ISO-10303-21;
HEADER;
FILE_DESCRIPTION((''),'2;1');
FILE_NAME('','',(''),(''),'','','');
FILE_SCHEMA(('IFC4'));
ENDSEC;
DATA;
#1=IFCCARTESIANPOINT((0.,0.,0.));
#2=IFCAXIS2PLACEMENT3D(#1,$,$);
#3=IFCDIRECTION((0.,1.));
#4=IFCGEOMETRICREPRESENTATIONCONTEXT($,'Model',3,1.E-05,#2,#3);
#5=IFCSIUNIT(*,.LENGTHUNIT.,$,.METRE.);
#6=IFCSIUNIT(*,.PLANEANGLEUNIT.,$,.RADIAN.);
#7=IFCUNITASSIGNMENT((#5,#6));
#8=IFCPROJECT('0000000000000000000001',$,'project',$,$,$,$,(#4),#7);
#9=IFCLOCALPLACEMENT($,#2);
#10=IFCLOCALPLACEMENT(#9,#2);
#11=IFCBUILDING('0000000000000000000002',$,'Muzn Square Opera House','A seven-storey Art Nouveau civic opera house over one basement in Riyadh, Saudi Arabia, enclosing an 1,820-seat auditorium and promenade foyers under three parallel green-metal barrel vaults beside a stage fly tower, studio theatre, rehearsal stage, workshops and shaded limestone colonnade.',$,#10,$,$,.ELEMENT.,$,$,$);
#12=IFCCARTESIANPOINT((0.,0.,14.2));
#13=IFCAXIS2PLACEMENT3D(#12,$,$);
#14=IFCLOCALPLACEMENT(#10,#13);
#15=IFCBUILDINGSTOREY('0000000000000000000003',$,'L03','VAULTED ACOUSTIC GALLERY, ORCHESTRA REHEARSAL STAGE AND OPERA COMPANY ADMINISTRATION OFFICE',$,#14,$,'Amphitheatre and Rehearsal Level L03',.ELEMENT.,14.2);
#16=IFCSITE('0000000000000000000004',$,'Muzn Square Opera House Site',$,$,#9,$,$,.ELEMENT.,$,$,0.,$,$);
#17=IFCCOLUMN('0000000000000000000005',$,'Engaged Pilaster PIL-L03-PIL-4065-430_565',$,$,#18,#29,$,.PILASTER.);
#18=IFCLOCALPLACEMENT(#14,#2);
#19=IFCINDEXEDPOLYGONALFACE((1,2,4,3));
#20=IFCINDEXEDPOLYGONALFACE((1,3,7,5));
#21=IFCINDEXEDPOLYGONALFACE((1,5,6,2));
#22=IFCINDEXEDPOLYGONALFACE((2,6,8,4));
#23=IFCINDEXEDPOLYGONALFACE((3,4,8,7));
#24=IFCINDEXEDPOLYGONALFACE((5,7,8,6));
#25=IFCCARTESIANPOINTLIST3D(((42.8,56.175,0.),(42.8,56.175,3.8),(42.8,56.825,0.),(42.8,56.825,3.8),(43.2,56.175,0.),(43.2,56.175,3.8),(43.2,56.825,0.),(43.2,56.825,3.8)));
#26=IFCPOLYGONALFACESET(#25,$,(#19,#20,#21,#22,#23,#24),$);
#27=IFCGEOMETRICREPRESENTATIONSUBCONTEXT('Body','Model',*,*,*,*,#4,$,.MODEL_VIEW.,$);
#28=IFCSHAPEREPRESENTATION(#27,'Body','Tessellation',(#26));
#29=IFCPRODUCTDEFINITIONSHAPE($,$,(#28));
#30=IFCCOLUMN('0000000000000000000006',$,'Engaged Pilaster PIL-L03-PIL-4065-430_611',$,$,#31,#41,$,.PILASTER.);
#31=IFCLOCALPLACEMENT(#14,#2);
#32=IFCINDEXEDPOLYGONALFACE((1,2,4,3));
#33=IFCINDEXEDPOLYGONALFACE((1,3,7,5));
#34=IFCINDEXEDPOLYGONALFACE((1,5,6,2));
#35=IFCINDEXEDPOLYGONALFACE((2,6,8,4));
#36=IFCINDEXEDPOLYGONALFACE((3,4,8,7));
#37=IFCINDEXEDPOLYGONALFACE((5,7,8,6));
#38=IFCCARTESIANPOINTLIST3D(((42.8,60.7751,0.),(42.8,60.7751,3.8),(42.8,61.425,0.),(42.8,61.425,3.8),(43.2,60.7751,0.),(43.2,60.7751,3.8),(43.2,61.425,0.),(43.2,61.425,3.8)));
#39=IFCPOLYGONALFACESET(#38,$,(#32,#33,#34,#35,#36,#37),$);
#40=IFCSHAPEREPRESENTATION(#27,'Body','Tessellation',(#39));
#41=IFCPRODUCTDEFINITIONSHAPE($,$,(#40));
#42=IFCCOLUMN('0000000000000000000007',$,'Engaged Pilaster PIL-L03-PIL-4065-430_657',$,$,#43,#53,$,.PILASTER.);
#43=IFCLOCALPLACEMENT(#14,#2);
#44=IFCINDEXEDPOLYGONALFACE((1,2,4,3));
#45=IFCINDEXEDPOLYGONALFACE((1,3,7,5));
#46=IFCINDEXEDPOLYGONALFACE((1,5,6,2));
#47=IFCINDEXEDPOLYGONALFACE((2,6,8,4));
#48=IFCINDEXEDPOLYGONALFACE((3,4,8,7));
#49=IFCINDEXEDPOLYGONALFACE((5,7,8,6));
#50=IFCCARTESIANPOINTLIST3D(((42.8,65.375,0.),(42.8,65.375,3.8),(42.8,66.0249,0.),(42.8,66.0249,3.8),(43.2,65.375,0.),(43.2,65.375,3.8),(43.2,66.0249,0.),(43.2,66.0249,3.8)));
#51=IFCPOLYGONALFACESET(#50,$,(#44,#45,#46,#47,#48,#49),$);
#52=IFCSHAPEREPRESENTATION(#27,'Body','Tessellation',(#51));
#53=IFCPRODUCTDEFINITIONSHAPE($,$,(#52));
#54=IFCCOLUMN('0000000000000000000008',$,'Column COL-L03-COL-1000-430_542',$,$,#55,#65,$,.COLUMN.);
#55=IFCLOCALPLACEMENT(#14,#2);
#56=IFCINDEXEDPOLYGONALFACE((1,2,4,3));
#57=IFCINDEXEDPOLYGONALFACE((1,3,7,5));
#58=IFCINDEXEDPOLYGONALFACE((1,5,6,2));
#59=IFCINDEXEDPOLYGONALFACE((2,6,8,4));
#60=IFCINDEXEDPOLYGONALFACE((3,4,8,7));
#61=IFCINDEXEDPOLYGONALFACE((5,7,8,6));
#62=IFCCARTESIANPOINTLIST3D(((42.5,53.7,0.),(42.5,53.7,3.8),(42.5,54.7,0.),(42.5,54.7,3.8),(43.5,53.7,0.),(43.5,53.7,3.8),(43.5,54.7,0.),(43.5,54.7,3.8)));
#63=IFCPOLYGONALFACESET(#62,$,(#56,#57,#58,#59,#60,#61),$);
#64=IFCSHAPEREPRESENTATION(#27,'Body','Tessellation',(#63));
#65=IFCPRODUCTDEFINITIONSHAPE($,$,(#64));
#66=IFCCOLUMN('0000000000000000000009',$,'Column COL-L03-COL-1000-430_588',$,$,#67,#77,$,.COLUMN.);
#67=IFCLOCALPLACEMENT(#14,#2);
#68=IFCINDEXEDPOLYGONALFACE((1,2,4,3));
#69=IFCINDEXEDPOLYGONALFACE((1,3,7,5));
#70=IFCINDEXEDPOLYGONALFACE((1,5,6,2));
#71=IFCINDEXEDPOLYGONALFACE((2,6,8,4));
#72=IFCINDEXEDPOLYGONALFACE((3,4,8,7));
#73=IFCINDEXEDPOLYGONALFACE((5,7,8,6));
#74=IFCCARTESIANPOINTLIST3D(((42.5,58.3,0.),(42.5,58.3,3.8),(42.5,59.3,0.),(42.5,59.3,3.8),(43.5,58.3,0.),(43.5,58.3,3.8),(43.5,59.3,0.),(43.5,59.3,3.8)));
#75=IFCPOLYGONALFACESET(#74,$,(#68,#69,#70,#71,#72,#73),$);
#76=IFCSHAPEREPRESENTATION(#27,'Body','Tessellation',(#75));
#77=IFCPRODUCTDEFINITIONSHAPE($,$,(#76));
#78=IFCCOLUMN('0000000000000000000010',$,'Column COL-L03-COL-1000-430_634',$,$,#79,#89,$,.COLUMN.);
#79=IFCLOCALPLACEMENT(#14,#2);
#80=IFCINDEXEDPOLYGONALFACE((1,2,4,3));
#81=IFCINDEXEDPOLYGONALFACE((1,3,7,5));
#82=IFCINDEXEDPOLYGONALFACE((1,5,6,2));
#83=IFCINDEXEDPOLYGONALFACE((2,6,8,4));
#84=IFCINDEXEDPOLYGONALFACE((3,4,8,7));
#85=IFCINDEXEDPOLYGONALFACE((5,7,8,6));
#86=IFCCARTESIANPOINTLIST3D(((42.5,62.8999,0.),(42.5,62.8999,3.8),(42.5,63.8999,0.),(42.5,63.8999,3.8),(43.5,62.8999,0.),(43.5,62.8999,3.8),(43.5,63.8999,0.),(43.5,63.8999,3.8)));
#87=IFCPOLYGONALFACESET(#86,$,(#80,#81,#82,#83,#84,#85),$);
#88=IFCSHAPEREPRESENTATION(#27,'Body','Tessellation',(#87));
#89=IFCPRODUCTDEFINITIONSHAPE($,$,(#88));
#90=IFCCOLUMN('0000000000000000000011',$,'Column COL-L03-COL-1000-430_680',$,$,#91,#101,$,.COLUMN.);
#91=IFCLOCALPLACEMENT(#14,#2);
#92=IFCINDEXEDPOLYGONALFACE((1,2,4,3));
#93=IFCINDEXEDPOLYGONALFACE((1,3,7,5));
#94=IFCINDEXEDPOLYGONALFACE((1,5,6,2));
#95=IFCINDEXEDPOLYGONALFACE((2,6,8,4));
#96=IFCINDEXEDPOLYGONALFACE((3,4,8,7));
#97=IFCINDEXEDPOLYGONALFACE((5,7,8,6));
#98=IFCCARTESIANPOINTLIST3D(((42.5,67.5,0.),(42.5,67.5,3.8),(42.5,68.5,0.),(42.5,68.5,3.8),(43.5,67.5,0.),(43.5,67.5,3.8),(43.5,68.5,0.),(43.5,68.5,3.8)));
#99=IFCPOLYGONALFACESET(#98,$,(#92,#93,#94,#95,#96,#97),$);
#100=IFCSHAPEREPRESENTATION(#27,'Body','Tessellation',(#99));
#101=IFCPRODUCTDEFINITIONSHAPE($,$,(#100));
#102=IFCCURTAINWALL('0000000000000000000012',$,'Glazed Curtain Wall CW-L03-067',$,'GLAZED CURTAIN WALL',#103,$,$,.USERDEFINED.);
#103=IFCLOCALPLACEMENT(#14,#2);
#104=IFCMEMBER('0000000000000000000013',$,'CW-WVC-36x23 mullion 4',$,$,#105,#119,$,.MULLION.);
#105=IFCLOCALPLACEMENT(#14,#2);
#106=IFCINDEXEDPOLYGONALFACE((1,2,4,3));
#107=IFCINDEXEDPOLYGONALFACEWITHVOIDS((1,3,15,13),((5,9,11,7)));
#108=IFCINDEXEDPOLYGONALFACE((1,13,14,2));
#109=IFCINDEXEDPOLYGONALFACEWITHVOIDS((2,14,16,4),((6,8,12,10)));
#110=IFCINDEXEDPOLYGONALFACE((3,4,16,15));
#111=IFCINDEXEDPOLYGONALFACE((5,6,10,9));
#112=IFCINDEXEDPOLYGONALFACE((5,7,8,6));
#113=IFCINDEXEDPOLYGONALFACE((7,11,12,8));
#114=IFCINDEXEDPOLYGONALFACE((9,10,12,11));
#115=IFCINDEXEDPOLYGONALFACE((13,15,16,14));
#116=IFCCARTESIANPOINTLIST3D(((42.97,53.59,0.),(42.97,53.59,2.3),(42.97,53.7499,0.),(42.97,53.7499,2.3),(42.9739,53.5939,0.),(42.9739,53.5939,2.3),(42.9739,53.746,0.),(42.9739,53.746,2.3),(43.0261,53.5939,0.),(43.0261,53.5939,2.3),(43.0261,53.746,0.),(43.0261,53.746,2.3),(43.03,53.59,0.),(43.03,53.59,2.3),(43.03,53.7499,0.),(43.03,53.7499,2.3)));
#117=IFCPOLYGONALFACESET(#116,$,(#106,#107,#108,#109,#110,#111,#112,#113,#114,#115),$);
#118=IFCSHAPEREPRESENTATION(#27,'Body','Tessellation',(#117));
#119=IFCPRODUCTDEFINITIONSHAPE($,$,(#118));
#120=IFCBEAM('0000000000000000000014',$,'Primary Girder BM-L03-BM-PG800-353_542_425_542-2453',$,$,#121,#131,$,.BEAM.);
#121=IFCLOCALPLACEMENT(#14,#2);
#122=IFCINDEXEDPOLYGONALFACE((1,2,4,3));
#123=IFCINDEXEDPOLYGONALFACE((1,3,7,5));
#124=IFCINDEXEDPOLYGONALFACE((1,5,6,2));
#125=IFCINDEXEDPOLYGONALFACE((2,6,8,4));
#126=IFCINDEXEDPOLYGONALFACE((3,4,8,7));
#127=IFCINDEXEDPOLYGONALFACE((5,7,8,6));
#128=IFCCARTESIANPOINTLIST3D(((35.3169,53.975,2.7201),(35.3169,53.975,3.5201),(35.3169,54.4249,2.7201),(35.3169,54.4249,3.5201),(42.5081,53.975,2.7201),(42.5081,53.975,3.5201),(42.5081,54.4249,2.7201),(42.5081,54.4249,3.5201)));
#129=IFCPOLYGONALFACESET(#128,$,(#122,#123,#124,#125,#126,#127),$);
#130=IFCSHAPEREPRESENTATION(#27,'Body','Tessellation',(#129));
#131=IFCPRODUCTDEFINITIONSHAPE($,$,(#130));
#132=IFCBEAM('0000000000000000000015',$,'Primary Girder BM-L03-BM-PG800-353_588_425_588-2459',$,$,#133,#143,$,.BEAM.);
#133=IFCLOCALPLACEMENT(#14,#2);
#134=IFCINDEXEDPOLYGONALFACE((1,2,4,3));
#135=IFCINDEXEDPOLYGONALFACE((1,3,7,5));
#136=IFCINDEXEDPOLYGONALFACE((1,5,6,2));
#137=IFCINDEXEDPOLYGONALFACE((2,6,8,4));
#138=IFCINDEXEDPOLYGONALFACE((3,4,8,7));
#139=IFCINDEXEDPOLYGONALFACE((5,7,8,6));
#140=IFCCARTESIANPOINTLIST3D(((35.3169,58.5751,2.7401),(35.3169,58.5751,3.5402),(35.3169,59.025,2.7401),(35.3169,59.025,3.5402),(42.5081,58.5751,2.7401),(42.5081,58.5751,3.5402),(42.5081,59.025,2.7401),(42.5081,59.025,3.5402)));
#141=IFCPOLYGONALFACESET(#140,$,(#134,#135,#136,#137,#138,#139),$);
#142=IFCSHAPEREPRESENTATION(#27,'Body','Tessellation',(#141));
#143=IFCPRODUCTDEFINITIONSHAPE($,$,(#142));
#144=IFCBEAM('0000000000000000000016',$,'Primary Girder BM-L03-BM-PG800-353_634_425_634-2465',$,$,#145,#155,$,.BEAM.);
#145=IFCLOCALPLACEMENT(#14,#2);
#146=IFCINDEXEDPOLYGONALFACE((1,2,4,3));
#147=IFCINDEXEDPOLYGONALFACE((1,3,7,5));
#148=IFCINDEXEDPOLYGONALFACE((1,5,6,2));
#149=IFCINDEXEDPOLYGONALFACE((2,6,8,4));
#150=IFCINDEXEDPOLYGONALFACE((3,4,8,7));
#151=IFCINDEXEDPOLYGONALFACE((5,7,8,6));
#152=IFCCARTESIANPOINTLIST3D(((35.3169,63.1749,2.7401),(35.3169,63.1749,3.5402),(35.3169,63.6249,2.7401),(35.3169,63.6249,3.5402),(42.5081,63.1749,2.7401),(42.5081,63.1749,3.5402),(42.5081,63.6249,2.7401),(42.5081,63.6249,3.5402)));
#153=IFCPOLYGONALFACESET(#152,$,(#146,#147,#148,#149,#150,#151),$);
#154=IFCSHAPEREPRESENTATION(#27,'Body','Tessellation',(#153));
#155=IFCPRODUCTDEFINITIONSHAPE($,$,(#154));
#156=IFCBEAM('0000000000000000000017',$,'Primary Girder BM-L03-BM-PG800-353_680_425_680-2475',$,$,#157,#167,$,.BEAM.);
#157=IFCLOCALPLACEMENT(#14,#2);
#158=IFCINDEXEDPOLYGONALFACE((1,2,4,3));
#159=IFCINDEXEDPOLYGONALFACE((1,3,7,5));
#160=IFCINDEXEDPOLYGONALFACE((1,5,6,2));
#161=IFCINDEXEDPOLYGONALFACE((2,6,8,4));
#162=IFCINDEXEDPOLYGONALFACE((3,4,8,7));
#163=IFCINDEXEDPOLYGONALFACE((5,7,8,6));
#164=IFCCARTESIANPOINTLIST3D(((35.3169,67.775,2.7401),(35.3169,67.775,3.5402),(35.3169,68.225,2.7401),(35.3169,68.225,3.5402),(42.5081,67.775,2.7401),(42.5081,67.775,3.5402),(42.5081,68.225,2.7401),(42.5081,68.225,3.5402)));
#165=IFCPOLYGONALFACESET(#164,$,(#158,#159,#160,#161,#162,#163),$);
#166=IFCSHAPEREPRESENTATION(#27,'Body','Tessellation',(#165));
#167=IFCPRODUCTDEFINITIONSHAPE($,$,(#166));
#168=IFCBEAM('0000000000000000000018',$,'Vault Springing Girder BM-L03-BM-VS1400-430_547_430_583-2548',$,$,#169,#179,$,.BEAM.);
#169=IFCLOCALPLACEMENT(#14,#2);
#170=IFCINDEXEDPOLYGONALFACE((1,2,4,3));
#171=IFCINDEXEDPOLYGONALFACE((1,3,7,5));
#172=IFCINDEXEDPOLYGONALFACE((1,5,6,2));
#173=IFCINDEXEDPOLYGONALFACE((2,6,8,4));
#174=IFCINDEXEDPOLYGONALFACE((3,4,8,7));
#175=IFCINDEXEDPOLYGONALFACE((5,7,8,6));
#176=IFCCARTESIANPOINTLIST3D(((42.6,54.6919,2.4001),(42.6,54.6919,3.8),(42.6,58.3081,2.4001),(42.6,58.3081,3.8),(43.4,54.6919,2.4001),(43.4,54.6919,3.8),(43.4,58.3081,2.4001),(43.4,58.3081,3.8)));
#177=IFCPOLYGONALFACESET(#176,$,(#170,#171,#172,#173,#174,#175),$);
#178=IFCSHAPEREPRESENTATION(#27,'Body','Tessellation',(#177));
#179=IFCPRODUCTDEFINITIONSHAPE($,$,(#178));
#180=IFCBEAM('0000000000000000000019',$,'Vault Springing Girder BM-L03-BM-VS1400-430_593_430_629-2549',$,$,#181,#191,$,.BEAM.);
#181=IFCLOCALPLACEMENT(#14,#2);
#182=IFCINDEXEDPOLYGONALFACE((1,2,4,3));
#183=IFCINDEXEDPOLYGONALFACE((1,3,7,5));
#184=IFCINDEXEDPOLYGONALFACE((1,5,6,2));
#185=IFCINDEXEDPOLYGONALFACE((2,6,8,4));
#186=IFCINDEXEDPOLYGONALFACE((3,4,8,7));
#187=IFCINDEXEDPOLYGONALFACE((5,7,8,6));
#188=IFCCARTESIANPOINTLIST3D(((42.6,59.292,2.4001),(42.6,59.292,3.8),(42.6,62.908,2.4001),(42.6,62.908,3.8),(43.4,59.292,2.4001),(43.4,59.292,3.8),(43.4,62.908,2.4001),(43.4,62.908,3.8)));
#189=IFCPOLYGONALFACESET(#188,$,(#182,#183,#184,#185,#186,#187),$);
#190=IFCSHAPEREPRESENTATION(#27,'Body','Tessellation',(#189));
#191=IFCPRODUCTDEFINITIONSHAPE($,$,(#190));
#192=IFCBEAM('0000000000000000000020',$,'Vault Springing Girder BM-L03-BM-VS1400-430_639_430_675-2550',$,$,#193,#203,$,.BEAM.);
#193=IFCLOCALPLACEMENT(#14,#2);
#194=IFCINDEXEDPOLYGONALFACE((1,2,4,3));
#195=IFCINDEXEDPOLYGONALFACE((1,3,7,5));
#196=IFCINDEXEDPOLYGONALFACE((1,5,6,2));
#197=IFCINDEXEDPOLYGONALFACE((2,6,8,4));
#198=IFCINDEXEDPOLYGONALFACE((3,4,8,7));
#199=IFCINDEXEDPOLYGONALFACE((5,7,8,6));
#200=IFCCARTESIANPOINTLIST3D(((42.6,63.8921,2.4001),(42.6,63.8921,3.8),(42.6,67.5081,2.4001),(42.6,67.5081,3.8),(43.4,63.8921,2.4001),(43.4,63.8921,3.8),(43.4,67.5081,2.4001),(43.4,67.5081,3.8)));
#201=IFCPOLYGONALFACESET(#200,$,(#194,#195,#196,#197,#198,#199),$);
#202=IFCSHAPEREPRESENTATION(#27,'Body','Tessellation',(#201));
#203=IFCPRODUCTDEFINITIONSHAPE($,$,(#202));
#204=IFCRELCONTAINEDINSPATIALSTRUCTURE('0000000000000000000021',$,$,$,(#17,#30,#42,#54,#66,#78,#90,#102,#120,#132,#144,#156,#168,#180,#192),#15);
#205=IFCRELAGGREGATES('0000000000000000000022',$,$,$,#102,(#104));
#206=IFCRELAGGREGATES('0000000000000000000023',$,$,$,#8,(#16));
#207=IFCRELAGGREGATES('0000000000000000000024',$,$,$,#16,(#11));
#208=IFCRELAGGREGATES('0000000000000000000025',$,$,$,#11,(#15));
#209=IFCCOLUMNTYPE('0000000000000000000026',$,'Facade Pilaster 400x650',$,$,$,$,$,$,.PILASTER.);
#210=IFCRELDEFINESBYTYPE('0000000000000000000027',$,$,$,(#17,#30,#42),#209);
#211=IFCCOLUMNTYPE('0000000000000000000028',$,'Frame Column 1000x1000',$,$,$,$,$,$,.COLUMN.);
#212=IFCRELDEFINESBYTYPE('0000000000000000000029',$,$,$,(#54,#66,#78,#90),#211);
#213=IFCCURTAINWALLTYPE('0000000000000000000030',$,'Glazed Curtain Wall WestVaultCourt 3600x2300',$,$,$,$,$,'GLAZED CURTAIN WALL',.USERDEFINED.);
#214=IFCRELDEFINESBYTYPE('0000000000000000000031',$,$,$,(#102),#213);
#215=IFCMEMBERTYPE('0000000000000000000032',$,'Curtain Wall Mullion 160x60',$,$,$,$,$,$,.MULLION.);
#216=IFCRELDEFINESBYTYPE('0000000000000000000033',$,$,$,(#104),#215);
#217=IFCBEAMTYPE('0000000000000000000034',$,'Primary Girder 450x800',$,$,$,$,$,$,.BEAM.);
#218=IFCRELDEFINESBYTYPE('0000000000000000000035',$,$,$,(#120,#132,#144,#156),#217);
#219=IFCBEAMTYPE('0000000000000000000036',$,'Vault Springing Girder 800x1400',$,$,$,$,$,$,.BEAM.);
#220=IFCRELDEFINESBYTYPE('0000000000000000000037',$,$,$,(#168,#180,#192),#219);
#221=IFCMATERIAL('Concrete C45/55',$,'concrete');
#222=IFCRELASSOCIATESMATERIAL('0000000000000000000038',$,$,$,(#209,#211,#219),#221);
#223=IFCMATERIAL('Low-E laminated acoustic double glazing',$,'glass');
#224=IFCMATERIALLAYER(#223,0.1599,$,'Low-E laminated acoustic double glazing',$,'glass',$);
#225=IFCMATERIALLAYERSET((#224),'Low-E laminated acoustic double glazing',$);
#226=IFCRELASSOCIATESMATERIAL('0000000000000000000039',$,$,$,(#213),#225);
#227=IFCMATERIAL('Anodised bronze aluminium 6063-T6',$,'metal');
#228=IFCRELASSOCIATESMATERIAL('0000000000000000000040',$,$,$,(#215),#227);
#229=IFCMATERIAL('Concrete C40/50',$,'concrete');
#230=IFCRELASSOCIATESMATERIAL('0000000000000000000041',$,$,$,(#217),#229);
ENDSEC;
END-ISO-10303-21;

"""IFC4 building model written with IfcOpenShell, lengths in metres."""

from ifc_helpers import new_model, si_unit, direction, frame, origin, origin_2d, place, context, subcontext, project, spatial, rectangle, hollow_rectangle, extrude, material, layer, layer_set, material_profile, profile_set, type_object, element, aggregate, save


model = new_model("IFC4")

# Units and contexts
model_context = context("Model", 3, precision=1e-05, world=origin(), true_north=direction((0.0, 1.0)))
body_context = subcontext(model_context, "Body", "Model", "MODEL_VIEW")
ifc_project = project(units=[si_unit("LENGTHUNIT", "METRE"), si_unit("PLANEANGLEUNIT", "RADIAN")], contexts=[model_context])

# Site, building, storey
site_placement = place(None, origin())
site = spatial("IfcSite", under=ifc_project, at=site_placement, Name="Muzn Square Opera House Site", CompositionType="ELEMENT", RefElevation=0.0)
building_placement = place(site_placement, origin())
building = spatial("IfcBuilding", under=site, at=building_placement, Name="Muzn Square Opera House", Description="A seven-storey Art Nouveau civic opera house over one basement in Riyadh, Saudi Arabia, enclosing an 1,820-seat auditorium and promenade foyers under three parallel green-metal barrel vaults beside a stage fly tower, studio theatre, rehearsal stage, workshops and shaded limestone colonnade.", CompositionType="ELEMENT")
storey_placement = place(building_placement, frame((0.0, 0.0, 14.2)))
storey = spatial("IfcBuildingStorey", under=building, at=storey_placement, Name="L03", Description="VAULTED ACOUSTIC GALLERY, ORCHESTRA REHEARSAL STAGE AND OPERA COMPANY ADMINISTRATION OFFICE", LongName="Amphitheatre and Rehearsal Level L03", CompositionType="ELEMENT", Elevation=14.2)

# Columns
ifc_material_1 = material(Name="Concrete C45/55", Category="concrete")
ifc_material_profile_1 = material_profile(ifc_material_1, rectangle(XDim=0.3999, YDim=0.6499, at=origin_2d()), Name="RC 400x650", Category="concrete")
ifc_profile_set_1 = profile_set([ifc_material_profile_1], Name="Concrete C45/55")
column_type_1 = type_object("IfcColumnType", Name="Facade Pilaster 400x650", PredefinedType="PILASTER", material=ifc_profile_set_1)
for number, where, z_axis, x_axis, name in (
    (1, (43.0, 56.5, 0.0), (0.0, 0.0, 1.0), (1.0, 0.0, 0.0), "Engaged Pilaster PIL-L03-PIL-4065-430_565"),
    (2, (43.0, 61.1001, 0.0), (0.0, 0.0, 1.0), (1.0, 0.0, 0.0), "Engaged Pilaster PIL-L03-PIL-4065-430_611"),
    (3, (43.0, 65.7, 0.0), (0.0, 0.0, 1.0), (1.0, 0.0, 0.0), "Engaged Pilaster PIL-L03-PIL-4065-430_657"),
):
    element("IfcColumn", number, at=place(storey_placement, frame(where, z_axis=z_axis, x_axis=x_axis)), inside=storey, type_object=column_type_1, Name=name, PredefinedType="PILASTER", context=body_context, shape_type="SweptSolid", body=[
        extrude(rectangle(XDim=0.3999, YDim=0.6499, at=origin_2d()), origin(), (0.0, 0.0, 1.0), 3.8),
    ])
ifc_material_profile_2 = material_profile(ifc_material_1, rectangle(XDim=1.0, YDim=1.0, at=origin_2d()), Name="RC 1000x1000", Category="concrete")
ifc_profile_set_2 = profile_set([ifc_material_profile_2], Name="Concrete C45/55")
column_type_2 = type_object("IfcColumnType", Name="Frame Column 1000x1000", PredefinedType="COLUMN", material=ifc_profile_set_2)
for number, where, z_axis, x_axis, name in (
    (4, (43.0, 54.2, 0.0), (0.0, 0.0, 1.0), (1.0, 0.0, 0.0), "Column COL-L03-COL-1000-430_542"),
    (5, (43.0, 58.8, 0.0), (0.0, 0.0, 1.0), (1.0, 0.0, 0.0), "Column COL-L03-COL-1000-430_588"),
    (6, (43.0, 63.3999, 0.0), (0.0, 0.0, 1.0), (1.0, 0.0, 0.0), "Column COL-L03-COL-1000-430_634"),
    (7, (43.0, 68.0, 0.0), (0.0, 0.0, 1.0), (1.0, 0.0, 0.0), "Column COL-L03-COL-1000-430_680"),
):
    element("IfcColumn", number, at=place(storey_placement, frame(where, z_axis=z_axis, x_axis=x_axis)), inside=storey, type_object=column_type_2, Name=name, PredefinedType="COLUMN", context=body_context, shape_type="SweptSolid", body=[
        extrude(rectangle(XDim=1.0, YDim=1.0, at=origin_2d()), origin(), (0.0, 0.0, 1.0), 3.8),
    ])

# Curtain wall, member
ifc_material_2 = material(Name="Low-E laminated acoustic double glazing", Category="glass")
ifc_layer_1 = layer(ifc_material_2, 0.1599, Name="Low-E laminated acoustic double glazing", Category="glass")
ifc_layer_set_1 = layer_set([ifc_layer_1], Name="Low-E laminated acoustic double glazing")
curtain_wall_type = type_object("IfcCurtainWallType", Name="Glazed Curtain Wall WestVaultCourt 3600x2300", ElementType="GLAZED CURTAIN WALL", PredefinedType="USERDEFINED", material=ifc_layer_set_1)
curtain_wall_placement = place(storey_placement, origin())
curtain_wall = element("IfcCurtainWall", 8, at=curtain_wall_placement, inside=storey, type_object=curtain_wall_type, Name="Glazed Curtain Wall CW-L03-067", ObjectType="GLAZED CURTAIN WALL", PredefinedType="USERDEFINED")
ifc_material_3 = material(Name="Anodised bronze aluminium 6063-T6", Category="metal")
ifc_material_profile_3 = material_profile(ifc_material_3, hollow_rectangle(XDim=0.0601, YDim=0.1599, WallThickness=0.0039, at=origin_2d()), Name="ALU 160x60x4", Category="metal")
ifc_profile_set_3 = profile_set([ifc_material_profile_3], Name="Anodised bronze aluminium 6063-T6")
member_type = type_object("IfcMemberType", Name="Curtain Wall Mullion 160x60", PredefinedType="MULLION", material=ifc_profile_set_3)
member_placement = place(storey_placement, frame((43.0, 53.6699, 0.0), z_axis=(0.0, 0.0, 1.0), x_axis=(-1.0, 0.0, 0.0)))
member = element("IfcMember", 9, at=member_placement, type_object=member_type, Name="CW-WVC-36x23 mullion 4", PredefinedType="MULLION", context=body_context, shape_type="SweptSolid", body=[
    extrude(hollow_rectangle(XDim=0.0601, YDim=0.1599, WallThickness=0.0039, at=origin_2d()), origin(), (0.0, 0.0, 1.0), 2.3),
])
aggregate(curtain_wall, [member])

# Beams
ifc_material_4 = material(Name="Concrete C40/50", Category="concrete")
ifc_material_profile_4 = material_profile(ifc_material_4, rectangle(XDim=0.45, YDim=0.8, at=origin_2d()), Name="RCB 450x800", Category="concrete")
ifc_profile_set_4 = profile_set([ifc_material_profile_4], Name="Concrete C40/50")
beam_type_1 = type_object("IfcBeamType", Name="Primary Girder 450x800", PredefinedType="BEAM", material=ifc_profile_set_4)
for number, where, z_axis, x_axis, name in (
    (10, (35.3169, 54.2, 3.1201), (1.0, 0.0, 0.0), (0.0, 1.0, 0.0), "Primary Girder BM-L03-BM-PG800-353_542_425_542-2453"),
    (11, (35.3169, 58.8, 3.1401), (1.0, 0.0, 0.0), (0.0, 1.0, 0.0), "Primary Girder BM-L03-BM-PG800-353_588_425_588-2459"),
    (12, (35.3169, 63.3999, 3.1401), (1.0, 0.0, 0.0), (0.0, 1.0, 0.0), "Primary Girder BM-L03-BM-PG800-353_634_425_634-2465"),
    (13, (35.3169, 68.0, 3.1401), (1.0, 0.0, 0.0), (0.0, 1.0, 0.0), "Primary Girder BM-L03-BM-PG800-353_680_425_680-2475"),
):
    element("IfcBeam", number, at=place(storey_placement, frame(where, z_axis=z_axis, x_axis=x_axis)), inside=storey, type_object=beam_type_1, Name=name, PredefinedType="BEAM", context=body_context, shape_type="SweptSolid", body=[
        extrude(rectangle(XDim=0.45, YDim=0.8, at=origin_2d()), origin(), (0.0, 0.0, 1.0), 7.1912),
    ])
ifc_material_profile_5 = material_profile(ifc_material_1, rectangle(XDim=0.8, YDim=1.3999, at=origin_2d()), Name="RCB 800x1400", Category="concrete")
ifc_profile_set_5 = profile_set([ifc_material_profile_5], Name="Concrete C45/55")
beam_type_2 = type_object("IfcBeamType", Name="Vault Springing Girder 800x1400", PredefinedType="BEAM", material=ifc_profile_set_5)
beam_placement = place(storey_placement, frame((43.0, 54.6919, 3.1001), z_axis=(0.0, 1.0, 0.0), x_axis=(-1.0, 0.0, 0.0)))
element("IfcBeam", 14, at=beam_placement, inside=storey, type_object=beam_type_2, Name="Vault Springing Girder BM-L03-BM-VS1400-430_547_430_583-2548", PredefinedType="BEAM", context=body_context, shape_type="SweptSolid", body=[
    extrude(rectangle(XDim=0.8, YDim=1.3999, at=origin_2d()), origin(), (0.0, 0.0, 1.0), 3.6162),
])
for number, where, z_axis, x_axis, name in (
    (15, (43.0, 59.292, 3.1001), (0.0, 1.0, 0.0), (-1.0, 0.0, 0.0), "Vault Springing Girder BM-L03-BM-VS1400-430_593_430_629-2549"),
    (16, (43.0, 63.8921, 3.1001), (0.0, 1.0, 0.0), (-1.0, 0.0, 0.0), "Vault Springing Girder BM-L03-BM-VS1400-430_639_430_675-2550"),
):
    element("IfcBeam", number, at=place(storey_placement, frame(where, z_axis=z_axis, x_axis=x_axis)), inside=storey, type_object=beam_type_2, Name=name, PredefinedType="BEAM", context=body_context, shape_type="SweptSolid", body=[
        extrude(rectangle(XDim=0.8, YDim=1.3999, at=origin_2d()), origin(), (0.0, 0.0, 1.0), 3.616),
    ])

save(model, "model.ifc")
